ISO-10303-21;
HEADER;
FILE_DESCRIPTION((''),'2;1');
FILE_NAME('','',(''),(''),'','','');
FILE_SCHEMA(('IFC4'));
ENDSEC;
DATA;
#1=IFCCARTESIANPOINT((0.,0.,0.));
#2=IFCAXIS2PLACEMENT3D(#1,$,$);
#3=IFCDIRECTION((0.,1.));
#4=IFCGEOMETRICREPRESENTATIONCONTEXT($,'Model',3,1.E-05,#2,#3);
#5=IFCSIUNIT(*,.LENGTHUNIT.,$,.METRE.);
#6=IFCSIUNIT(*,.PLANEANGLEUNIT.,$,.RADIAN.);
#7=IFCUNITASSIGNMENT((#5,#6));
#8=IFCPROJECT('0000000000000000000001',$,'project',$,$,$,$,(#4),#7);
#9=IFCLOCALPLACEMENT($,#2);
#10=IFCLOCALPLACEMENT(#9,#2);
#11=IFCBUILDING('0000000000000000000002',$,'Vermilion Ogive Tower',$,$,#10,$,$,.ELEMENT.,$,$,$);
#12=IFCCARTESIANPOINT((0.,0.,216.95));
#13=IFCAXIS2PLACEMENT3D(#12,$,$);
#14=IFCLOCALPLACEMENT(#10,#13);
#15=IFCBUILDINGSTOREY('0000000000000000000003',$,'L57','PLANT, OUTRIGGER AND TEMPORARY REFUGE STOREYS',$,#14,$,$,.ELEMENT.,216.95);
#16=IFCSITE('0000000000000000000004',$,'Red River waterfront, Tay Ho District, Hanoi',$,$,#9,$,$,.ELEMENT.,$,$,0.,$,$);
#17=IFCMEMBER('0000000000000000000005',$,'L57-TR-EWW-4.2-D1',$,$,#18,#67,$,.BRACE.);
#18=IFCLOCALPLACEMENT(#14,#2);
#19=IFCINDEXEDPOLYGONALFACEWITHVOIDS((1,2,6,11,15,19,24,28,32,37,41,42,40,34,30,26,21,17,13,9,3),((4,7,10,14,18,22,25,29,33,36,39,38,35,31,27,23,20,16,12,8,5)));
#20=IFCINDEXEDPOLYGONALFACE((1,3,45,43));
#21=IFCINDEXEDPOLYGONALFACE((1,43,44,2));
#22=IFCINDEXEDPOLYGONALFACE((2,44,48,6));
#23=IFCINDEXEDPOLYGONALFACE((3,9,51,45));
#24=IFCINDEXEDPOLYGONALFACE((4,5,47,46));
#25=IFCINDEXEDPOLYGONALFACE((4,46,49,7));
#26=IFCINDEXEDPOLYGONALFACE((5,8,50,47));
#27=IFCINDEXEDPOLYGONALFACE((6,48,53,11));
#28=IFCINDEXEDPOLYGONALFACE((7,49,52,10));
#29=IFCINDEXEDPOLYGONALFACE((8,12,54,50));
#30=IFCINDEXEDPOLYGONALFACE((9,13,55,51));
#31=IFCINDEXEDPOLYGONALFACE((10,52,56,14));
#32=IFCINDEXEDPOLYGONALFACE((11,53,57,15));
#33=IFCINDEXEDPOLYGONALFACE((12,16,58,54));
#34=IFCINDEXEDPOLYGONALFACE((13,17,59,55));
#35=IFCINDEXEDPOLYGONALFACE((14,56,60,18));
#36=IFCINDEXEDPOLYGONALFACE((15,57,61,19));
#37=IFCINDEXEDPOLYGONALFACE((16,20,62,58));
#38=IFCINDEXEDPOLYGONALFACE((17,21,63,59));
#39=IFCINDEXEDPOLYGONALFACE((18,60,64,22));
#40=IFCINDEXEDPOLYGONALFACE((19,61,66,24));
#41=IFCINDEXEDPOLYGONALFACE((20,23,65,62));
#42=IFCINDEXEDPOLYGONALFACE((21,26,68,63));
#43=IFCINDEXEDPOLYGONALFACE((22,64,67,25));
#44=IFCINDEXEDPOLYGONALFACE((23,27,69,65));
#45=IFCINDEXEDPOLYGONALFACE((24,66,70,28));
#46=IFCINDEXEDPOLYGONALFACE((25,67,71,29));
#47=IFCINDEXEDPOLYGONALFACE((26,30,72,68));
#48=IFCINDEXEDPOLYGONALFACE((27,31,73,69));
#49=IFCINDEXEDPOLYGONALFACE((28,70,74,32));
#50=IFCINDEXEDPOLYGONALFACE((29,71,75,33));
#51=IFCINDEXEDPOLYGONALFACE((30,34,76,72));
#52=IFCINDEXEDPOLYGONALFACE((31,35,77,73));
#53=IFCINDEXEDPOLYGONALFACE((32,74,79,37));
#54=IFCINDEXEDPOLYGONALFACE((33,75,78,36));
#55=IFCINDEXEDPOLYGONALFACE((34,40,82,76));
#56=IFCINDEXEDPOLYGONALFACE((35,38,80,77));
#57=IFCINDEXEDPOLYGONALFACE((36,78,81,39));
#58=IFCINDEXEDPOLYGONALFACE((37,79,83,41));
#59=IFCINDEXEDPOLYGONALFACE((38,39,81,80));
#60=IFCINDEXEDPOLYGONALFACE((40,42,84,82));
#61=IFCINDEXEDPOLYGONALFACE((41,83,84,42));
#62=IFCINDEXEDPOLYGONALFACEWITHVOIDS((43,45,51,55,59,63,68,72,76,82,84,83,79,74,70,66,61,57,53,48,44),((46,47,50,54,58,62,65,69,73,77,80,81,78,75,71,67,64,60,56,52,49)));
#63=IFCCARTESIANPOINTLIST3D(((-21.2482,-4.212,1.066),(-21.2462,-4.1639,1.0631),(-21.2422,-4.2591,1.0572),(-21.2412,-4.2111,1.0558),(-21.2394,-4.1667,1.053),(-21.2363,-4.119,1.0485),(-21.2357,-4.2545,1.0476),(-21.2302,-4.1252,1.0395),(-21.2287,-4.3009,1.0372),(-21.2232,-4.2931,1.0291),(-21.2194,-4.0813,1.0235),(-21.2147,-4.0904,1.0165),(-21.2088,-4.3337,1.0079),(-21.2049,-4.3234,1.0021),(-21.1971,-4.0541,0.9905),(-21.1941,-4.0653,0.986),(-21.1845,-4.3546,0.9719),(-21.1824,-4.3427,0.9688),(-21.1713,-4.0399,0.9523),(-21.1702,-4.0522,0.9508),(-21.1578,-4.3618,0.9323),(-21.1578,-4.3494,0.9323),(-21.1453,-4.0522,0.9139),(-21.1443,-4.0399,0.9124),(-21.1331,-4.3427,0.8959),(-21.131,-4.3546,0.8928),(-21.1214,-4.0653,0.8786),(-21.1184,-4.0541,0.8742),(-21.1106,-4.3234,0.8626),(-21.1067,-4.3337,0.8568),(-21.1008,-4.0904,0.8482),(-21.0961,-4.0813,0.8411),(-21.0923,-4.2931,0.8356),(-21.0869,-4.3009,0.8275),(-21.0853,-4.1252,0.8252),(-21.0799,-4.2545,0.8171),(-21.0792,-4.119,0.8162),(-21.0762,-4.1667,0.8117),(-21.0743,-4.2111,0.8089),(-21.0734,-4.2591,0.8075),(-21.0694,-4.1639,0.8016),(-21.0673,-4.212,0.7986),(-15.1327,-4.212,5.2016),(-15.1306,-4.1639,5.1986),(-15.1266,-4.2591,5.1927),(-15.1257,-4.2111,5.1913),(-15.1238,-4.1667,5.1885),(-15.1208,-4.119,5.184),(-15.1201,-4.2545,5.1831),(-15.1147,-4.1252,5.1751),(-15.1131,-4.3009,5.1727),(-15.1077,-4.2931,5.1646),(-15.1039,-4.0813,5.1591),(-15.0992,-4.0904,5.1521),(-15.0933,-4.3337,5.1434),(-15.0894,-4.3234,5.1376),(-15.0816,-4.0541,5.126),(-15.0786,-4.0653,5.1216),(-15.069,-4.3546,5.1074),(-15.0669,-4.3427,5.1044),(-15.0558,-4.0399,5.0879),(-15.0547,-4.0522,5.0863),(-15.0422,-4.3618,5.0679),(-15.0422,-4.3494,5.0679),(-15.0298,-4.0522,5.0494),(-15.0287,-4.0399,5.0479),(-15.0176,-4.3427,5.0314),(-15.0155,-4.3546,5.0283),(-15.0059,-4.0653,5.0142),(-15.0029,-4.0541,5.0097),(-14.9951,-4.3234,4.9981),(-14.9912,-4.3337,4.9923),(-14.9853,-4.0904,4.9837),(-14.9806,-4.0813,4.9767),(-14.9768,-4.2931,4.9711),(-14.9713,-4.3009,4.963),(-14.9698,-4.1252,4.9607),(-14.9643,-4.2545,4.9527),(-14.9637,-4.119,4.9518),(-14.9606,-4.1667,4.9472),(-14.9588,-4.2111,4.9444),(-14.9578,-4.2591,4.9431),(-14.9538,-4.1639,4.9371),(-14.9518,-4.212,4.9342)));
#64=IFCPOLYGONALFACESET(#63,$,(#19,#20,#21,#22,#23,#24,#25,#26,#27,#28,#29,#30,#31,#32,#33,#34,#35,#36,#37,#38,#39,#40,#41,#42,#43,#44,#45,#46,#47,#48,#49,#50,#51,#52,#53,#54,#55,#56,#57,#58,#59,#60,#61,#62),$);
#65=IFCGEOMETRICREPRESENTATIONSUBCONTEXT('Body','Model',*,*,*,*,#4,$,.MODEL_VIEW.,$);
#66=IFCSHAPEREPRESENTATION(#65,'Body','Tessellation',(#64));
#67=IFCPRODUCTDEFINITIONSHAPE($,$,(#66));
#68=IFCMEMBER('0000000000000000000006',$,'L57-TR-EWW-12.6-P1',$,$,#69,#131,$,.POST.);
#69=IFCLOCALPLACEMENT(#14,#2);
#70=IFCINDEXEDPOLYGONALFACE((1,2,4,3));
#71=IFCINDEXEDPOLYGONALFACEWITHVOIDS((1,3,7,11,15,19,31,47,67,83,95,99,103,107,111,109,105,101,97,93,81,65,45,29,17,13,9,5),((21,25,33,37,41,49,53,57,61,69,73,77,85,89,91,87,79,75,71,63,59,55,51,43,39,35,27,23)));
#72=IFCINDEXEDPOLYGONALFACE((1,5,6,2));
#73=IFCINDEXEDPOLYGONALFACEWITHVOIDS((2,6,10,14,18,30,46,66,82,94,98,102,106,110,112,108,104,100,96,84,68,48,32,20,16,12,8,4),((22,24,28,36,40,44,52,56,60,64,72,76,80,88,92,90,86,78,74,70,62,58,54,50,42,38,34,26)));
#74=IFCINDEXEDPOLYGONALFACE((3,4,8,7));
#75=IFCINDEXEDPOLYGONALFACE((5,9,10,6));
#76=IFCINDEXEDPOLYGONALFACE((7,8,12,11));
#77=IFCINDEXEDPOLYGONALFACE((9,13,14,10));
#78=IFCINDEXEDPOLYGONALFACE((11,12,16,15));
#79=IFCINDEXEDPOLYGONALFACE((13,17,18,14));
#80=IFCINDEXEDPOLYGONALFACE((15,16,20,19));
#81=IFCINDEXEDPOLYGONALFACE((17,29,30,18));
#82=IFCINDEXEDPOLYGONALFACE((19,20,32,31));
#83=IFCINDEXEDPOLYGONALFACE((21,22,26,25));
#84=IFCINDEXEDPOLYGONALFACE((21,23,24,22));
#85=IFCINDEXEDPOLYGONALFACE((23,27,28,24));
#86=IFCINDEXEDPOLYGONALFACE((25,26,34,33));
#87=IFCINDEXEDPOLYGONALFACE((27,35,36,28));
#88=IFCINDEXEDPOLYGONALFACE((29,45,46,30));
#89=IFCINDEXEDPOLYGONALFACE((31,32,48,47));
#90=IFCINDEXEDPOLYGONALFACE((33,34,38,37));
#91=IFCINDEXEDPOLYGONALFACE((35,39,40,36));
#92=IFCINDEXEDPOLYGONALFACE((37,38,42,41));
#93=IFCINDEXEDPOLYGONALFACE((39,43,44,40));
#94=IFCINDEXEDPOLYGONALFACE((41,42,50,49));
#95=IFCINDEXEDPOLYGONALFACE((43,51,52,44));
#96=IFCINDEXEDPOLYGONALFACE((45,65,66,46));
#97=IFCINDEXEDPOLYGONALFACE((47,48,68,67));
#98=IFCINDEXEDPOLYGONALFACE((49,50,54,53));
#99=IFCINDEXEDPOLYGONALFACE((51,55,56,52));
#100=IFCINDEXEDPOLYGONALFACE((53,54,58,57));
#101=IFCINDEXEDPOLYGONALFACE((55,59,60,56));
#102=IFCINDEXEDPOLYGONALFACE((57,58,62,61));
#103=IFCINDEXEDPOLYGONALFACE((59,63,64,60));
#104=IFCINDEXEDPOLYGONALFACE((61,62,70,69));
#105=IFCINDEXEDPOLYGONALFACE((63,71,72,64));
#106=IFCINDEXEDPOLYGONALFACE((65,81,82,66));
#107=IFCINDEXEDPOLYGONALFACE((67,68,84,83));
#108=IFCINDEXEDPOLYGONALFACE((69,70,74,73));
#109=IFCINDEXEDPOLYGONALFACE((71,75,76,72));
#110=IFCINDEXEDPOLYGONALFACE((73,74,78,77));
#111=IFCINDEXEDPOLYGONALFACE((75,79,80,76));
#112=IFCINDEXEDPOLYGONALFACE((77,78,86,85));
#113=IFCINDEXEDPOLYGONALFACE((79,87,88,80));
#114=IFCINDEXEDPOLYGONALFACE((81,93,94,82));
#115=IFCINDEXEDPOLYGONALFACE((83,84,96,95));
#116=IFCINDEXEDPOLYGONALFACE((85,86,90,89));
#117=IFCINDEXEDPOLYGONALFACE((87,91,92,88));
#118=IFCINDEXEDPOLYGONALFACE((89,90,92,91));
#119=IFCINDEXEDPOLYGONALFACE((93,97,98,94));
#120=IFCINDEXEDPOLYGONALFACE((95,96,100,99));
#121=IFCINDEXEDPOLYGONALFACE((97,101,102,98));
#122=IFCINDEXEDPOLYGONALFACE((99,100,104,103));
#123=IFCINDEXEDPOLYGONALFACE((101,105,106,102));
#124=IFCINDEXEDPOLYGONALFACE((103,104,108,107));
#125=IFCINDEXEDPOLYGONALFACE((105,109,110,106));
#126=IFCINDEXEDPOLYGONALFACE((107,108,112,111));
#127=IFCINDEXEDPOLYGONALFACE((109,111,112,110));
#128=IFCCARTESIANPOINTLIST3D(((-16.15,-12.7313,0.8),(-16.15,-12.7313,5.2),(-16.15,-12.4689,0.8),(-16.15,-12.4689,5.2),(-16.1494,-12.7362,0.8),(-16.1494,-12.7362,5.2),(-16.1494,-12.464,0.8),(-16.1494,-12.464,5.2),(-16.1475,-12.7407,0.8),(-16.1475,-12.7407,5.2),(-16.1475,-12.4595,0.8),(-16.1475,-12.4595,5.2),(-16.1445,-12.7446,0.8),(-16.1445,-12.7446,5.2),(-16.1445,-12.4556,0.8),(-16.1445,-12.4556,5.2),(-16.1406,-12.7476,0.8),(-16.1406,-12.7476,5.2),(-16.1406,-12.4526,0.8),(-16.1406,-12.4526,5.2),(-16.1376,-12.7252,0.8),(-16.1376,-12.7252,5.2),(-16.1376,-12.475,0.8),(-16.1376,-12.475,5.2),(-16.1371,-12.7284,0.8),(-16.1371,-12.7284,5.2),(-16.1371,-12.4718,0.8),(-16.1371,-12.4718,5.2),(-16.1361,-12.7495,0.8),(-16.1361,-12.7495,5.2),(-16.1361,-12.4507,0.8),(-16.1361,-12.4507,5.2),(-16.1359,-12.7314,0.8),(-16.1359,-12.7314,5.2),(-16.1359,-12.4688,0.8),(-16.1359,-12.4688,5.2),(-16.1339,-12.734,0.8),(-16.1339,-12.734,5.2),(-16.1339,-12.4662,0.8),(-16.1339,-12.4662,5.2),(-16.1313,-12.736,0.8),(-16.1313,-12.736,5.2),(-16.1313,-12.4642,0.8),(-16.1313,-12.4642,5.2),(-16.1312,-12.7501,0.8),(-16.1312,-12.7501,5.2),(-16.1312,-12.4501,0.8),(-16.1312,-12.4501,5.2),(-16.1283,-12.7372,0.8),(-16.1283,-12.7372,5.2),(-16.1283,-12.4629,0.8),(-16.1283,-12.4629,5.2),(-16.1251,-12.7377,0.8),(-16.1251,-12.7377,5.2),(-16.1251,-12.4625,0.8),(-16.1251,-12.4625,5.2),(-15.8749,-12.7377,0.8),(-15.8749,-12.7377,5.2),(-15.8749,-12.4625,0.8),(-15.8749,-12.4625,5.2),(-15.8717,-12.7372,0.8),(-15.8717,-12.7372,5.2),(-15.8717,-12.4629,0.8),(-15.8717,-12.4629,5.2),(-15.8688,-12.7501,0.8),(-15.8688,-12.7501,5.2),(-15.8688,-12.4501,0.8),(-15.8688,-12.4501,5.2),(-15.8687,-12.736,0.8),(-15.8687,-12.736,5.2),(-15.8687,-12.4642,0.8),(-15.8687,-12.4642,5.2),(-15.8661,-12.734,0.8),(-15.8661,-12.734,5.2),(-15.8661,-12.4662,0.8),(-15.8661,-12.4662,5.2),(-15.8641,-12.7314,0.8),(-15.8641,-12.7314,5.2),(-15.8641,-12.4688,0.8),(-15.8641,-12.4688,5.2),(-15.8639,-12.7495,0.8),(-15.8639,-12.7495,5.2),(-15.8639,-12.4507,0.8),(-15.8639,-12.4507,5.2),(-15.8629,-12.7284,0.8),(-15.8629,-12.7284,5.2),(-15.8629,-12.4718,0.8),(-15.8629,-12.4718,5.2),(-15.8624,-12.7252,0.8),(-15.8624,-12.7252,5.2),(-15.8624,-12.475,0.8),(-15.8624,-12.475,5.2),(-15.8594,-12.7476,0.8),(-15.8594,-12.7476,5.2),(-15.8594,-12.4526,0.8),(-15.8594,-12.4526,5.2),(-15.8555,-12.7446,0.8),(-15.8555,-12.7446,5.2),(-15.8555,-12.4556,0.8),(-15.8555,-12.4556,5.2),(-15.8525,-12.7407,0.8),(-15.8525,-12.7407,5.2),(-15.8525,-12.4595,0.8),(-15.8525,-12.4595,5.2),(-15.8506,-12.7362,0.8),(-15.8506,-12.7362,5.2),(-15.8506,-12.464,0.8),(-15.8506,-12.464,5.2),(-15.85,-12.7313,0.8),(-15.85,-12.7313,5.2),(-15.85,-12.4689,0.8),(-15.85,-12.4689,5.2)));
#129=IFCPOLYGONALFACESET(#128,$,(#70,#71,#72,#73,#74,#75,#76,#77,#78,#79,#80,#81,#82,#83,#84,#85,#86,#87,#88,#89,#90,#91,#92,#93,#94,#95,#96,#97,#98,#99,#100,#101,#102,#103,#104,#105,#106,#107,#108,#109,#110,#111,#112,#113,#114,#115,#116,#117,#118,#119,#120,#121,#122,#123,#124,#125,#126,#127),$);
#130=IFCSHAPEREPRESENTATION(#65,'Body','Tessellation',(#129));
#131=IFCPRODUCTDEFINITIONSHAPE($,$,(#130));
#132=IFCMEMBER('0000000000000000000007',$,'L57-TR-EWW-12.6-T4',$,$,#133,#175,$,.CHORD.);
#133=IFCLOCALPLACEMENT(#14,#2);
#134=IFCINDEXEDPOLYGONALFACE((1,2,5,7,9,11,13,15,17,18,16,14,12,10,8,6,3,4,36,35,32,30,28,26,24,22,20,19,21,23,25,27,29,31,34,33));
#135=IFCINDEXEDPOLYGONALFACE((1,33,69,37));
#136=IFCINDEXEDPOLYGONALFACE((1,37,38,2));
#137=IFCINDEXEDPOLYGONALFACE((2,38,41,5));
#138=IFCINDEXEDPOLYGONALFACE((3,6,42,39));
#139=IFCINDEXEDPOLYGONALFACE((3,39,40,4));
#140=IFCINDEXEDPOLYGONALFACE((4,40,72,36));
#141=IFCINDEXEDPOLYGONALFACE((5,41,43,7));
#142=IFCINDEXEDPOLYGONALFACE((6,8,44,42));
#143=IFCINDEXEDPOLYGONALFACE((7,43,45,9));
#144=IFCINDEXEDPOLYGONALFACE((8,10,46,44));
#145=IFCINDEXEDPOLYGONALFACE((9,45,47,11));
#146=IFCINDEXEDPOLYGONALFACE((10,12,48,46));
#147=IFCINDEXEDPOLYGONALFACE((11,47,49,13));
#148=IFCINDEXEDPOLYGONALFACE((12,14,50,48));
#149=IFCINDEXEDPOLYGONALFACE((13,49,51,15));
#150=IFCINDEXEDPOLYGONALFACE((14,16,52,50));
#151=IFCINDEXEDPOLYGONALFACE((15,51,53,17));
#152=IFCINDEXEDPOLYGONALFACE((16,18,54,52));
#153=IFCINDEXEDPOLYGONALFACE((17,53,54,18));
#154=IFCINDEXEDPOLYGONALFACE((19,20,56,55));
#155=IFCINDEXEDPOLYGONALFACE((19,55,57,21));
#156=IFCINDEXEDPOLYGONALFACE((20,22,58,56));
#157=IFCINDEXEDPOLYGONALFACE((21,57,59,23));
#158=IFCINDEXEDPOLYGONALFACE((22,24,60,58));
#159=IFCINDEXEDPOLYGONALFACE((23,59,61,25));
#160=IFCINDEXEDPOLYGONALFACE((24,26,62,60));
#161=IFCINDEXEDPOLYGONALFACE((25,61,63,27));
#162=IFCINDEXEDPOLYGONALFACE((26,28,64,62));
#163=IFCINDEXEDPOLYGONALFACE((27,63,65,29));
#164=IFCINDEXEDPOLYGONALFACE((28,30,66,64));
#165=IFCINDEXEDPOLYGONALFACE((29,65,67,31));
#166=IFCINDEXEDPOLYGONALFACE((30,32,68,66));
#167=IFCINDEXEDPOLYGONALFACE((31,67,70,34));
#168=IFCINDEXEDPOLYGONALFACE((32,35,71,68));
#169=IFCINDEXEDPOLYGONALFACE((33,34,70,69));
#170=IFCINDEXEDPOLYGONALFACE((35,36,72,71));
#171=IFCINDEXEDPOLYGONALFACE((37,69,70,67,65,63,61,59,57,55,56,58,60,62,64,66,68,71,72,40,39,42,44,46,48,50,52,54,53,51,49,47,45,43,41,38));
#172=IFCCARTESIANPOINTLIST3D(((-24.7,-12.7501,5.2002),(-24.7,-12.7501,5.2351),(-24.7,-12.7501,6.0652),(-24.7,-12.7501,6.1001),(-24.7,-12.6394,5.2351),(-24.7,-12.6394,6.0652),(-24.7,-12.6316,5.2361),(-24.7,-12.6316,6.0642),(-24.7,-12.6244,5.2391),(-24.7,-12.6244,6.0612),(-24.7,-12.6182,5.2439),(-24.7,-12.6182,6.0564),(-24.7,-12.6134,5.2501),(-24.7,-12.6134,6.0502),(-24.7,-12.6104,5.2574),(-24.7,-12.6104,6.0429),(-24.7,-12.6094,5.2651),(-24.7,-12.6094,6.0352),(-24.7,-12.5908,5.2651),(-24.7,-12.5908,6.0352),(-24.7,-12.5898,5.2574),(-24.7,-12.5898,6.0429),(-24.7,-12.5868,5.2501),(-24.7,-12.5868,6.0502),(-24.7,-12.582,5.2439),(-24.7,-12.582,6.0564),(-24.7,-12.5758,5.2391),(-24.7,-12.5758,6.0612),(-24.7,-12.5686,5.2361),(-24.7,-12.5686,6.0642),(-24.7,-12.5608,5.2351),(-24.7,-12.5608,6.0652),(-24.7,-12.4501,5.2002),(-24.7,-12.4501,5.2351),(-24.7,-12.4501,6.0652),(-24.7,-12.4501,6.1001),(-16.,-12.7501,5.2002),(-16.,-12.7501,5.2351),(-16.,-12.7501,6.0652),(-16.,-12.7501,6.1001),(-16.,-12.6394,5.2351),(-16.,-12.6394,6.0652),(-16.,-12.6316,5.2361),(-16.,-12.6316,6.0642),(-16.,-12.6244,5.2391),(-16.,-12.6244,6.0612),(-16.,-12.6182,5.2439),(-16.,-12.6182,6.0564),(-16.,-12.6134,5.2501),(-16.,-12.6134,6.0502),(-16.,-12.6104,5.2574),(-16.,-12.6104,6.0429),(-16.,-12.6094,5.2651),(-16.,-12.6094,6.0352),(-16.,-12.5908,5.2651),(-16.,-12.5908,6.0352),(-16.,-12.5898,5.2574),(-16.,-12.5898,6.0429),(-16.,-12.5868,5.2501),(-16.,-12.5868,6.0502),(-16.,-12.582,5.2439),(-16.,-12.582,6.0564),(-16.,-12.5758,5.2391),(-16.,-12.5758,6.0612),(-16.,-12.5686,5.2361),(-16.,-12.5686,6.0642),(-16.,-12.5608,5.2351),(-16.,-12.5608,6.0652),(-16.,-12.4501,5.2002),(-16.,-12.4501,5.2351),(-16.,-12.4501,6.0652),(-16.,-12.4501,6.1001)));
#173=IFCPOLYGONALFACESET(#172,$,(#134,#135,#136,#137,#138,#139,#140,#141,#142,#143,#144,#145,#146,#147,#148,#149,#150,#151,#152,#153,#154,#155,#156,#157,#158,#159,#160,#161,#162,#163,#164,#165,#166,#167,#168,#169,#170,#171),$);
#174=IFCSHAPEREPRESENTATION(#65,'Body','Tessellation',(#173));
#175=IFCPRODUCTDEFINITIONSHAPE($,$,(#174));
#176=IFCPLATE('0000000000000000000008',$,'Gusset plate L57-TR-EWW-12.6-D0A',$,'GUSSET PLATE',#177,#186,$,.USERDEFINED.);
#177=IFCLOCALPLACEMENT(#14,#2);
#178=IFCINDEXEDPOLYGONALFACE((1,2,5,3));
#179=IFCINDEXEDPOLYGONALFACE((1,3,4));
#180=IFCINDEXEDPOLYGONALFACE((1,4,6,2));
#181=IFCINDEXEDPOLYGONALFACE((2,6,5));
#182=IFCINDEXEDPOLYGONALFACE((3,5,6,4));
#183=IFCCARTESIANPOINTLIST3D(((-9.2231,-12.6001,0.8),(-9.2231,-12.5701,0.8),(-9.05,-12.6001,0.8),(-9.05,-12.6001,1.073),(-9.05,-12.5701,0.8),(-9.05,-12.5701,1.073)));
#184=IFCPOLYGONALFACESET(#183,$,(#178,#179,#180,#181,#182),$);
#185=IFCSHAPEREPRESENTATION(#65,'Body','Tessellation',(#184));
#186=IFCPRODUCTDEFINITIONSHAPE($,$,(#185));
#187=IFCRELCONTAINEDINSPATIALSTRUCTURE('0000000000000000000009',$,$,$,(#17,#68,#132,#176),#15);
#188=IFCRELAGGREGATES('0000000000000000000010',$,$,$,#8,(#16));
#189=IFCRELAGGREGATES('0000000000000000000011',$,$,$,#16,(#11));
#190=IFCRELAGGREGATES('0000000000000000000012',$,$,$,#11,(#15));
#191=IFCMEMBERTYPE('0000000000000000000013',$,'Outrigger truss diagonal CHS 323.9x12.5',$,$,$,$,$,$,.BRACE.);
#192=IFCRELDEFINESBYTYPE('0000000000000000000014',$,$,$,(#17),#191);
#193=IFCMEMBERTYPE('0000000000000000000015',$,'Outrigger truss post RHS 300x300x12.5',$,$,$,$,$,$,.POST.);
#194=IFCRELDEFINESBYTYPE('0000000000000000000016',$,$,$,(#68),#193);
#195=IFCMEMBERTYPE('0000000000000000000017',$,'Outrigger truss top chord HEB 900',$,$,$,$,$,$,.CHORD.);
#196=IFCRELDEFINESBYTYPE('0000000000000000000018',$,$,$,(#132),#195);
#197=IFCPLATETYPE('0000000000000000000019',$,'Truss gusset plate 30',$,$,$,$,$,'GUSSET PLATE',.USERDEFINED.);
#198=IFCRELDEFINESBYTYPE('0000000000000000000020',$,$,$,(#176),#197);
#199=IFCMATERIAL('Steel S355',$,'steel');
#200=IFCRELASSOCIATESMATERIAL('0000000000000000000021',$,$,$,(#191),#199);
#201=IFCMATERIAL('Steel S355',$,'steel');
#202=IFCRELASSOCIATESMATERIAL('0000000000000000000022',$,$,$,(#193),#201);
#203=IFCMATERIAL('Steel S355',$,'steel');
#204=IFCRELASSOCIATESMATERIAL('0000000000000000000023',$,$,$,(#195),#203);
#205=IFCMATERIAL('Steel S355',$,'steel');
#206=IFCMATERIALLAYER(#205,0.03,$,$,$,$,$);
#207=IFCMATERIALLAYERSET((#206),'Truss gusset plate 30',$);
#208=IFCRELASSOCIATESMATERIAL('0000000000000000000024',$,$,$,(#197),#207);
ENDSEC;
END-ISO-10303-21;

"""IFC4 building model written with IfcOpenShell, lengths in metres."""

from ifc_helpers import new_model, si_unit, direction, frame, origin, origin_2d, place, context, subcontext, project, spatial, polyline, hollow_rectangle, hollow_circle, i_section, outline, extrude, material, layer, layer_set, material_profile, profile_set, type_object, element, save


model = new_model("IFC4")

# Units and contexts
model_context = context("Model", 3, precision=1e-05, world=origin(), true_north=direction((0.0, 1.0)))
body_context = subcontext(model_context, "Body", "Model", "MODEL_VIEW")
ifc_project = project(units=[si_unit("LENGTHUNIT", "METRE"), si_unit("PLANEANGLEUNIT", "RADIAN")], contexts=[model_context])

# Site, building, storey
site_placement = place(None, origin())
site = spatial("IfcSite", under=ifc_project, at=site_placement, Name="Red River waterfront, Tay Ho District, Hanoi", CompositionType="ELEMENT", RefElevation=0.0)
building_placement = place(site_placement, origin())
building = spatial("IfcBuilding", under=site, at=building_placement, Name="Vermilion Ogive Tower", CompositionType="ELEMENT")
storey_placement = place(building_placement, frame((0.0, 0.0, 216.95)))
storey = spatial("IfcBuildingStorey", under=building, at=storey_placement, Name="L57", Description="PLANT, OUTRIGGER AND TEMPORARY REFUGE STOREYS", CompositionType="ELEMENT", Elevation=216.95)

# Members
ifc_material_1 = material(Name="Steel S355", Category="steel")
ifc_material_profile_1 = material_profile(ifc_material_1, hollow_circle(Radius=0.1619, WallThickness=0.0125, at=origin_2d()), Name="CHS 323.9x12.5")
ifc_profile_set_1 = profile_set([ifc_material_profile_1], Name="Steel S355")
member_type_1 = type_object("IfcMemberType", Name="Outrigger truss diagonal CHS 323.9x12.5", PredefinedType="BRACE", material=ifc_profile_set_1)
member_1_placement = place(storey_placement, frame((-15.0422, -4.2, 5.0679), z_axis=(-0.828374, 0.0, -0.560175), x_axis=(0.0, -1.0, 0.0)))
element("IfcMember", 1, at=member_1_placement, inside=storey, type_object=member_type_1, Name="L57-TR-EWW-4.2-D1", PredefinedType="BRACE", context=body_context, shape_type="SweptSolid", body=[
    extrude(hollow_circle(Radius=0.1619, WallThickness=0.0125, at=origin_2d()), origin(), (0.0, 0.0, 1.0), 7.3826),
])
ifc_material_2 = material(Name="Steel S355", Category="steel")
ifc_material_profile_2 = material_profile(ifc_material_2, hollow_rectangle(XDim=0.3, YDim=0.3, WallThickness=0.0125, InnerFilletRadius=0.0125, OuterFilletRadius=0.0188, at=origin_2d()), Name="RHS 300x300x12.5")
ifc_profile_set_2 = profile_set([ifc_material_profile_2], Name="Steel S355")
member_type_2 = type_object("IfcMemberType", Name="Outrigger truss post RHS 300x300x12.5", PredefinedType="POST", material=ifc_profile_set_2)
member_2_placement = place(storey_placement, frame((-16.0, -12.6001, 0.8), z_axis=(0.0, 0.0, 1.0), x_axis=(1.0, 0.0, 0.0)))
element("IfcMember", 2, at=member_2_placement, inside=storey, type_object=member_type_2, Name="L57-TR-EWW-12.6-P1", PredefinedType="POST", context=body_context, shape_type="SweptSolid", body=[
    extrude(hollow_rectangle(XDim=0.3, YDim=0.3, WallThickness=0.0125, InnerFilletRadius=0.0125, OuterFilletRadius=0.0188, at=origin_2d()), origin(), (0.0, 0.0, 1.0), 4.3999),
])
ifc_material_3 = material(Name="Steel S355", Category="steel")
ifc_material_profile_3 = material_profile(ifc_material_3, i_section(OverallWidth=0.3, OverallDepth=0.8999, WebThickness=0.0186, FlangeThickness=0.0349, FilletRadius=0.03, at=origin_2d()), Name="HEB 900")
ifc_profile_set_3 = profile_set([ifc_material_profile_3], Name="Steel S355")
member_type_3 = type_object("IfcMemberType", Name="Outrigger truss top chord HEB 900", PredefinedType="CHORD", material=ifc_profile_set_3)
member_3_placement = place(storey_placement, frame((-16.0, -12.6001, 5.6501), z_axis=(-1.0, 0.0, 0.0), x_axis=(0.0, -1.0, 0.0)))
element("IfcMember", 3, at=member_3_placement, inside=storey, type_object=member_type_3, Name="L57-TR-EWW-12.6-T4", PredefinedType="CHORD", context=body_context, shape_type="SweptSolid", body=[
    extrude(i_section(OverallWidth=0.3, OverallDepth=0.8999, WebThickness=0.0186, FlangeThickness=0.0349, FilletRadius=0.03, at=origin_2d()), origin(), (0.0, 0.0, 1.0), 8.7),
])

# Plate
ifc_material_4 = material(Name="Steel S355", Category="steel")
ifc_layer_1 = layer(ifc_material_4, 0.03)
ifc_layer_set_1 = layer_set([ifc_layer_1], Name="Truss gusset plate 30")
plate_type = type_object("IfcPlateType", Name="Truss gusset plate 30", ElementType="GUSSET PLATE", PredefinedType="USERDEFINED", material=ifc_layer_set_1)
plate_1_placement = place(storey_placement, frame((-9.05, -12.6001, 1.073), z_axis=(0.0, -1.0, 0.0), x_axis=(-0.535555, 0.0, -0.8445)))
element("IfcPlate", 4, at=plate_1_placement, inside=storey, type_object=plate_type, Name="Gusset plate L57-TR-EWW-12.6-D0A", ObjectType="GUSSET PLATE", PredefinedType="USERDEFINED", context=body_context, shape_type="SweptSolid", body=[
    extrude(outline(polyline([(0.0, 0.0), (0.3232, 0.0), (0.2305, 0.1462), (0.0, 0.0)])), origin(), (0.0, 0.0, -1.0), 0.03),
])

save(model, "model.ifc")
